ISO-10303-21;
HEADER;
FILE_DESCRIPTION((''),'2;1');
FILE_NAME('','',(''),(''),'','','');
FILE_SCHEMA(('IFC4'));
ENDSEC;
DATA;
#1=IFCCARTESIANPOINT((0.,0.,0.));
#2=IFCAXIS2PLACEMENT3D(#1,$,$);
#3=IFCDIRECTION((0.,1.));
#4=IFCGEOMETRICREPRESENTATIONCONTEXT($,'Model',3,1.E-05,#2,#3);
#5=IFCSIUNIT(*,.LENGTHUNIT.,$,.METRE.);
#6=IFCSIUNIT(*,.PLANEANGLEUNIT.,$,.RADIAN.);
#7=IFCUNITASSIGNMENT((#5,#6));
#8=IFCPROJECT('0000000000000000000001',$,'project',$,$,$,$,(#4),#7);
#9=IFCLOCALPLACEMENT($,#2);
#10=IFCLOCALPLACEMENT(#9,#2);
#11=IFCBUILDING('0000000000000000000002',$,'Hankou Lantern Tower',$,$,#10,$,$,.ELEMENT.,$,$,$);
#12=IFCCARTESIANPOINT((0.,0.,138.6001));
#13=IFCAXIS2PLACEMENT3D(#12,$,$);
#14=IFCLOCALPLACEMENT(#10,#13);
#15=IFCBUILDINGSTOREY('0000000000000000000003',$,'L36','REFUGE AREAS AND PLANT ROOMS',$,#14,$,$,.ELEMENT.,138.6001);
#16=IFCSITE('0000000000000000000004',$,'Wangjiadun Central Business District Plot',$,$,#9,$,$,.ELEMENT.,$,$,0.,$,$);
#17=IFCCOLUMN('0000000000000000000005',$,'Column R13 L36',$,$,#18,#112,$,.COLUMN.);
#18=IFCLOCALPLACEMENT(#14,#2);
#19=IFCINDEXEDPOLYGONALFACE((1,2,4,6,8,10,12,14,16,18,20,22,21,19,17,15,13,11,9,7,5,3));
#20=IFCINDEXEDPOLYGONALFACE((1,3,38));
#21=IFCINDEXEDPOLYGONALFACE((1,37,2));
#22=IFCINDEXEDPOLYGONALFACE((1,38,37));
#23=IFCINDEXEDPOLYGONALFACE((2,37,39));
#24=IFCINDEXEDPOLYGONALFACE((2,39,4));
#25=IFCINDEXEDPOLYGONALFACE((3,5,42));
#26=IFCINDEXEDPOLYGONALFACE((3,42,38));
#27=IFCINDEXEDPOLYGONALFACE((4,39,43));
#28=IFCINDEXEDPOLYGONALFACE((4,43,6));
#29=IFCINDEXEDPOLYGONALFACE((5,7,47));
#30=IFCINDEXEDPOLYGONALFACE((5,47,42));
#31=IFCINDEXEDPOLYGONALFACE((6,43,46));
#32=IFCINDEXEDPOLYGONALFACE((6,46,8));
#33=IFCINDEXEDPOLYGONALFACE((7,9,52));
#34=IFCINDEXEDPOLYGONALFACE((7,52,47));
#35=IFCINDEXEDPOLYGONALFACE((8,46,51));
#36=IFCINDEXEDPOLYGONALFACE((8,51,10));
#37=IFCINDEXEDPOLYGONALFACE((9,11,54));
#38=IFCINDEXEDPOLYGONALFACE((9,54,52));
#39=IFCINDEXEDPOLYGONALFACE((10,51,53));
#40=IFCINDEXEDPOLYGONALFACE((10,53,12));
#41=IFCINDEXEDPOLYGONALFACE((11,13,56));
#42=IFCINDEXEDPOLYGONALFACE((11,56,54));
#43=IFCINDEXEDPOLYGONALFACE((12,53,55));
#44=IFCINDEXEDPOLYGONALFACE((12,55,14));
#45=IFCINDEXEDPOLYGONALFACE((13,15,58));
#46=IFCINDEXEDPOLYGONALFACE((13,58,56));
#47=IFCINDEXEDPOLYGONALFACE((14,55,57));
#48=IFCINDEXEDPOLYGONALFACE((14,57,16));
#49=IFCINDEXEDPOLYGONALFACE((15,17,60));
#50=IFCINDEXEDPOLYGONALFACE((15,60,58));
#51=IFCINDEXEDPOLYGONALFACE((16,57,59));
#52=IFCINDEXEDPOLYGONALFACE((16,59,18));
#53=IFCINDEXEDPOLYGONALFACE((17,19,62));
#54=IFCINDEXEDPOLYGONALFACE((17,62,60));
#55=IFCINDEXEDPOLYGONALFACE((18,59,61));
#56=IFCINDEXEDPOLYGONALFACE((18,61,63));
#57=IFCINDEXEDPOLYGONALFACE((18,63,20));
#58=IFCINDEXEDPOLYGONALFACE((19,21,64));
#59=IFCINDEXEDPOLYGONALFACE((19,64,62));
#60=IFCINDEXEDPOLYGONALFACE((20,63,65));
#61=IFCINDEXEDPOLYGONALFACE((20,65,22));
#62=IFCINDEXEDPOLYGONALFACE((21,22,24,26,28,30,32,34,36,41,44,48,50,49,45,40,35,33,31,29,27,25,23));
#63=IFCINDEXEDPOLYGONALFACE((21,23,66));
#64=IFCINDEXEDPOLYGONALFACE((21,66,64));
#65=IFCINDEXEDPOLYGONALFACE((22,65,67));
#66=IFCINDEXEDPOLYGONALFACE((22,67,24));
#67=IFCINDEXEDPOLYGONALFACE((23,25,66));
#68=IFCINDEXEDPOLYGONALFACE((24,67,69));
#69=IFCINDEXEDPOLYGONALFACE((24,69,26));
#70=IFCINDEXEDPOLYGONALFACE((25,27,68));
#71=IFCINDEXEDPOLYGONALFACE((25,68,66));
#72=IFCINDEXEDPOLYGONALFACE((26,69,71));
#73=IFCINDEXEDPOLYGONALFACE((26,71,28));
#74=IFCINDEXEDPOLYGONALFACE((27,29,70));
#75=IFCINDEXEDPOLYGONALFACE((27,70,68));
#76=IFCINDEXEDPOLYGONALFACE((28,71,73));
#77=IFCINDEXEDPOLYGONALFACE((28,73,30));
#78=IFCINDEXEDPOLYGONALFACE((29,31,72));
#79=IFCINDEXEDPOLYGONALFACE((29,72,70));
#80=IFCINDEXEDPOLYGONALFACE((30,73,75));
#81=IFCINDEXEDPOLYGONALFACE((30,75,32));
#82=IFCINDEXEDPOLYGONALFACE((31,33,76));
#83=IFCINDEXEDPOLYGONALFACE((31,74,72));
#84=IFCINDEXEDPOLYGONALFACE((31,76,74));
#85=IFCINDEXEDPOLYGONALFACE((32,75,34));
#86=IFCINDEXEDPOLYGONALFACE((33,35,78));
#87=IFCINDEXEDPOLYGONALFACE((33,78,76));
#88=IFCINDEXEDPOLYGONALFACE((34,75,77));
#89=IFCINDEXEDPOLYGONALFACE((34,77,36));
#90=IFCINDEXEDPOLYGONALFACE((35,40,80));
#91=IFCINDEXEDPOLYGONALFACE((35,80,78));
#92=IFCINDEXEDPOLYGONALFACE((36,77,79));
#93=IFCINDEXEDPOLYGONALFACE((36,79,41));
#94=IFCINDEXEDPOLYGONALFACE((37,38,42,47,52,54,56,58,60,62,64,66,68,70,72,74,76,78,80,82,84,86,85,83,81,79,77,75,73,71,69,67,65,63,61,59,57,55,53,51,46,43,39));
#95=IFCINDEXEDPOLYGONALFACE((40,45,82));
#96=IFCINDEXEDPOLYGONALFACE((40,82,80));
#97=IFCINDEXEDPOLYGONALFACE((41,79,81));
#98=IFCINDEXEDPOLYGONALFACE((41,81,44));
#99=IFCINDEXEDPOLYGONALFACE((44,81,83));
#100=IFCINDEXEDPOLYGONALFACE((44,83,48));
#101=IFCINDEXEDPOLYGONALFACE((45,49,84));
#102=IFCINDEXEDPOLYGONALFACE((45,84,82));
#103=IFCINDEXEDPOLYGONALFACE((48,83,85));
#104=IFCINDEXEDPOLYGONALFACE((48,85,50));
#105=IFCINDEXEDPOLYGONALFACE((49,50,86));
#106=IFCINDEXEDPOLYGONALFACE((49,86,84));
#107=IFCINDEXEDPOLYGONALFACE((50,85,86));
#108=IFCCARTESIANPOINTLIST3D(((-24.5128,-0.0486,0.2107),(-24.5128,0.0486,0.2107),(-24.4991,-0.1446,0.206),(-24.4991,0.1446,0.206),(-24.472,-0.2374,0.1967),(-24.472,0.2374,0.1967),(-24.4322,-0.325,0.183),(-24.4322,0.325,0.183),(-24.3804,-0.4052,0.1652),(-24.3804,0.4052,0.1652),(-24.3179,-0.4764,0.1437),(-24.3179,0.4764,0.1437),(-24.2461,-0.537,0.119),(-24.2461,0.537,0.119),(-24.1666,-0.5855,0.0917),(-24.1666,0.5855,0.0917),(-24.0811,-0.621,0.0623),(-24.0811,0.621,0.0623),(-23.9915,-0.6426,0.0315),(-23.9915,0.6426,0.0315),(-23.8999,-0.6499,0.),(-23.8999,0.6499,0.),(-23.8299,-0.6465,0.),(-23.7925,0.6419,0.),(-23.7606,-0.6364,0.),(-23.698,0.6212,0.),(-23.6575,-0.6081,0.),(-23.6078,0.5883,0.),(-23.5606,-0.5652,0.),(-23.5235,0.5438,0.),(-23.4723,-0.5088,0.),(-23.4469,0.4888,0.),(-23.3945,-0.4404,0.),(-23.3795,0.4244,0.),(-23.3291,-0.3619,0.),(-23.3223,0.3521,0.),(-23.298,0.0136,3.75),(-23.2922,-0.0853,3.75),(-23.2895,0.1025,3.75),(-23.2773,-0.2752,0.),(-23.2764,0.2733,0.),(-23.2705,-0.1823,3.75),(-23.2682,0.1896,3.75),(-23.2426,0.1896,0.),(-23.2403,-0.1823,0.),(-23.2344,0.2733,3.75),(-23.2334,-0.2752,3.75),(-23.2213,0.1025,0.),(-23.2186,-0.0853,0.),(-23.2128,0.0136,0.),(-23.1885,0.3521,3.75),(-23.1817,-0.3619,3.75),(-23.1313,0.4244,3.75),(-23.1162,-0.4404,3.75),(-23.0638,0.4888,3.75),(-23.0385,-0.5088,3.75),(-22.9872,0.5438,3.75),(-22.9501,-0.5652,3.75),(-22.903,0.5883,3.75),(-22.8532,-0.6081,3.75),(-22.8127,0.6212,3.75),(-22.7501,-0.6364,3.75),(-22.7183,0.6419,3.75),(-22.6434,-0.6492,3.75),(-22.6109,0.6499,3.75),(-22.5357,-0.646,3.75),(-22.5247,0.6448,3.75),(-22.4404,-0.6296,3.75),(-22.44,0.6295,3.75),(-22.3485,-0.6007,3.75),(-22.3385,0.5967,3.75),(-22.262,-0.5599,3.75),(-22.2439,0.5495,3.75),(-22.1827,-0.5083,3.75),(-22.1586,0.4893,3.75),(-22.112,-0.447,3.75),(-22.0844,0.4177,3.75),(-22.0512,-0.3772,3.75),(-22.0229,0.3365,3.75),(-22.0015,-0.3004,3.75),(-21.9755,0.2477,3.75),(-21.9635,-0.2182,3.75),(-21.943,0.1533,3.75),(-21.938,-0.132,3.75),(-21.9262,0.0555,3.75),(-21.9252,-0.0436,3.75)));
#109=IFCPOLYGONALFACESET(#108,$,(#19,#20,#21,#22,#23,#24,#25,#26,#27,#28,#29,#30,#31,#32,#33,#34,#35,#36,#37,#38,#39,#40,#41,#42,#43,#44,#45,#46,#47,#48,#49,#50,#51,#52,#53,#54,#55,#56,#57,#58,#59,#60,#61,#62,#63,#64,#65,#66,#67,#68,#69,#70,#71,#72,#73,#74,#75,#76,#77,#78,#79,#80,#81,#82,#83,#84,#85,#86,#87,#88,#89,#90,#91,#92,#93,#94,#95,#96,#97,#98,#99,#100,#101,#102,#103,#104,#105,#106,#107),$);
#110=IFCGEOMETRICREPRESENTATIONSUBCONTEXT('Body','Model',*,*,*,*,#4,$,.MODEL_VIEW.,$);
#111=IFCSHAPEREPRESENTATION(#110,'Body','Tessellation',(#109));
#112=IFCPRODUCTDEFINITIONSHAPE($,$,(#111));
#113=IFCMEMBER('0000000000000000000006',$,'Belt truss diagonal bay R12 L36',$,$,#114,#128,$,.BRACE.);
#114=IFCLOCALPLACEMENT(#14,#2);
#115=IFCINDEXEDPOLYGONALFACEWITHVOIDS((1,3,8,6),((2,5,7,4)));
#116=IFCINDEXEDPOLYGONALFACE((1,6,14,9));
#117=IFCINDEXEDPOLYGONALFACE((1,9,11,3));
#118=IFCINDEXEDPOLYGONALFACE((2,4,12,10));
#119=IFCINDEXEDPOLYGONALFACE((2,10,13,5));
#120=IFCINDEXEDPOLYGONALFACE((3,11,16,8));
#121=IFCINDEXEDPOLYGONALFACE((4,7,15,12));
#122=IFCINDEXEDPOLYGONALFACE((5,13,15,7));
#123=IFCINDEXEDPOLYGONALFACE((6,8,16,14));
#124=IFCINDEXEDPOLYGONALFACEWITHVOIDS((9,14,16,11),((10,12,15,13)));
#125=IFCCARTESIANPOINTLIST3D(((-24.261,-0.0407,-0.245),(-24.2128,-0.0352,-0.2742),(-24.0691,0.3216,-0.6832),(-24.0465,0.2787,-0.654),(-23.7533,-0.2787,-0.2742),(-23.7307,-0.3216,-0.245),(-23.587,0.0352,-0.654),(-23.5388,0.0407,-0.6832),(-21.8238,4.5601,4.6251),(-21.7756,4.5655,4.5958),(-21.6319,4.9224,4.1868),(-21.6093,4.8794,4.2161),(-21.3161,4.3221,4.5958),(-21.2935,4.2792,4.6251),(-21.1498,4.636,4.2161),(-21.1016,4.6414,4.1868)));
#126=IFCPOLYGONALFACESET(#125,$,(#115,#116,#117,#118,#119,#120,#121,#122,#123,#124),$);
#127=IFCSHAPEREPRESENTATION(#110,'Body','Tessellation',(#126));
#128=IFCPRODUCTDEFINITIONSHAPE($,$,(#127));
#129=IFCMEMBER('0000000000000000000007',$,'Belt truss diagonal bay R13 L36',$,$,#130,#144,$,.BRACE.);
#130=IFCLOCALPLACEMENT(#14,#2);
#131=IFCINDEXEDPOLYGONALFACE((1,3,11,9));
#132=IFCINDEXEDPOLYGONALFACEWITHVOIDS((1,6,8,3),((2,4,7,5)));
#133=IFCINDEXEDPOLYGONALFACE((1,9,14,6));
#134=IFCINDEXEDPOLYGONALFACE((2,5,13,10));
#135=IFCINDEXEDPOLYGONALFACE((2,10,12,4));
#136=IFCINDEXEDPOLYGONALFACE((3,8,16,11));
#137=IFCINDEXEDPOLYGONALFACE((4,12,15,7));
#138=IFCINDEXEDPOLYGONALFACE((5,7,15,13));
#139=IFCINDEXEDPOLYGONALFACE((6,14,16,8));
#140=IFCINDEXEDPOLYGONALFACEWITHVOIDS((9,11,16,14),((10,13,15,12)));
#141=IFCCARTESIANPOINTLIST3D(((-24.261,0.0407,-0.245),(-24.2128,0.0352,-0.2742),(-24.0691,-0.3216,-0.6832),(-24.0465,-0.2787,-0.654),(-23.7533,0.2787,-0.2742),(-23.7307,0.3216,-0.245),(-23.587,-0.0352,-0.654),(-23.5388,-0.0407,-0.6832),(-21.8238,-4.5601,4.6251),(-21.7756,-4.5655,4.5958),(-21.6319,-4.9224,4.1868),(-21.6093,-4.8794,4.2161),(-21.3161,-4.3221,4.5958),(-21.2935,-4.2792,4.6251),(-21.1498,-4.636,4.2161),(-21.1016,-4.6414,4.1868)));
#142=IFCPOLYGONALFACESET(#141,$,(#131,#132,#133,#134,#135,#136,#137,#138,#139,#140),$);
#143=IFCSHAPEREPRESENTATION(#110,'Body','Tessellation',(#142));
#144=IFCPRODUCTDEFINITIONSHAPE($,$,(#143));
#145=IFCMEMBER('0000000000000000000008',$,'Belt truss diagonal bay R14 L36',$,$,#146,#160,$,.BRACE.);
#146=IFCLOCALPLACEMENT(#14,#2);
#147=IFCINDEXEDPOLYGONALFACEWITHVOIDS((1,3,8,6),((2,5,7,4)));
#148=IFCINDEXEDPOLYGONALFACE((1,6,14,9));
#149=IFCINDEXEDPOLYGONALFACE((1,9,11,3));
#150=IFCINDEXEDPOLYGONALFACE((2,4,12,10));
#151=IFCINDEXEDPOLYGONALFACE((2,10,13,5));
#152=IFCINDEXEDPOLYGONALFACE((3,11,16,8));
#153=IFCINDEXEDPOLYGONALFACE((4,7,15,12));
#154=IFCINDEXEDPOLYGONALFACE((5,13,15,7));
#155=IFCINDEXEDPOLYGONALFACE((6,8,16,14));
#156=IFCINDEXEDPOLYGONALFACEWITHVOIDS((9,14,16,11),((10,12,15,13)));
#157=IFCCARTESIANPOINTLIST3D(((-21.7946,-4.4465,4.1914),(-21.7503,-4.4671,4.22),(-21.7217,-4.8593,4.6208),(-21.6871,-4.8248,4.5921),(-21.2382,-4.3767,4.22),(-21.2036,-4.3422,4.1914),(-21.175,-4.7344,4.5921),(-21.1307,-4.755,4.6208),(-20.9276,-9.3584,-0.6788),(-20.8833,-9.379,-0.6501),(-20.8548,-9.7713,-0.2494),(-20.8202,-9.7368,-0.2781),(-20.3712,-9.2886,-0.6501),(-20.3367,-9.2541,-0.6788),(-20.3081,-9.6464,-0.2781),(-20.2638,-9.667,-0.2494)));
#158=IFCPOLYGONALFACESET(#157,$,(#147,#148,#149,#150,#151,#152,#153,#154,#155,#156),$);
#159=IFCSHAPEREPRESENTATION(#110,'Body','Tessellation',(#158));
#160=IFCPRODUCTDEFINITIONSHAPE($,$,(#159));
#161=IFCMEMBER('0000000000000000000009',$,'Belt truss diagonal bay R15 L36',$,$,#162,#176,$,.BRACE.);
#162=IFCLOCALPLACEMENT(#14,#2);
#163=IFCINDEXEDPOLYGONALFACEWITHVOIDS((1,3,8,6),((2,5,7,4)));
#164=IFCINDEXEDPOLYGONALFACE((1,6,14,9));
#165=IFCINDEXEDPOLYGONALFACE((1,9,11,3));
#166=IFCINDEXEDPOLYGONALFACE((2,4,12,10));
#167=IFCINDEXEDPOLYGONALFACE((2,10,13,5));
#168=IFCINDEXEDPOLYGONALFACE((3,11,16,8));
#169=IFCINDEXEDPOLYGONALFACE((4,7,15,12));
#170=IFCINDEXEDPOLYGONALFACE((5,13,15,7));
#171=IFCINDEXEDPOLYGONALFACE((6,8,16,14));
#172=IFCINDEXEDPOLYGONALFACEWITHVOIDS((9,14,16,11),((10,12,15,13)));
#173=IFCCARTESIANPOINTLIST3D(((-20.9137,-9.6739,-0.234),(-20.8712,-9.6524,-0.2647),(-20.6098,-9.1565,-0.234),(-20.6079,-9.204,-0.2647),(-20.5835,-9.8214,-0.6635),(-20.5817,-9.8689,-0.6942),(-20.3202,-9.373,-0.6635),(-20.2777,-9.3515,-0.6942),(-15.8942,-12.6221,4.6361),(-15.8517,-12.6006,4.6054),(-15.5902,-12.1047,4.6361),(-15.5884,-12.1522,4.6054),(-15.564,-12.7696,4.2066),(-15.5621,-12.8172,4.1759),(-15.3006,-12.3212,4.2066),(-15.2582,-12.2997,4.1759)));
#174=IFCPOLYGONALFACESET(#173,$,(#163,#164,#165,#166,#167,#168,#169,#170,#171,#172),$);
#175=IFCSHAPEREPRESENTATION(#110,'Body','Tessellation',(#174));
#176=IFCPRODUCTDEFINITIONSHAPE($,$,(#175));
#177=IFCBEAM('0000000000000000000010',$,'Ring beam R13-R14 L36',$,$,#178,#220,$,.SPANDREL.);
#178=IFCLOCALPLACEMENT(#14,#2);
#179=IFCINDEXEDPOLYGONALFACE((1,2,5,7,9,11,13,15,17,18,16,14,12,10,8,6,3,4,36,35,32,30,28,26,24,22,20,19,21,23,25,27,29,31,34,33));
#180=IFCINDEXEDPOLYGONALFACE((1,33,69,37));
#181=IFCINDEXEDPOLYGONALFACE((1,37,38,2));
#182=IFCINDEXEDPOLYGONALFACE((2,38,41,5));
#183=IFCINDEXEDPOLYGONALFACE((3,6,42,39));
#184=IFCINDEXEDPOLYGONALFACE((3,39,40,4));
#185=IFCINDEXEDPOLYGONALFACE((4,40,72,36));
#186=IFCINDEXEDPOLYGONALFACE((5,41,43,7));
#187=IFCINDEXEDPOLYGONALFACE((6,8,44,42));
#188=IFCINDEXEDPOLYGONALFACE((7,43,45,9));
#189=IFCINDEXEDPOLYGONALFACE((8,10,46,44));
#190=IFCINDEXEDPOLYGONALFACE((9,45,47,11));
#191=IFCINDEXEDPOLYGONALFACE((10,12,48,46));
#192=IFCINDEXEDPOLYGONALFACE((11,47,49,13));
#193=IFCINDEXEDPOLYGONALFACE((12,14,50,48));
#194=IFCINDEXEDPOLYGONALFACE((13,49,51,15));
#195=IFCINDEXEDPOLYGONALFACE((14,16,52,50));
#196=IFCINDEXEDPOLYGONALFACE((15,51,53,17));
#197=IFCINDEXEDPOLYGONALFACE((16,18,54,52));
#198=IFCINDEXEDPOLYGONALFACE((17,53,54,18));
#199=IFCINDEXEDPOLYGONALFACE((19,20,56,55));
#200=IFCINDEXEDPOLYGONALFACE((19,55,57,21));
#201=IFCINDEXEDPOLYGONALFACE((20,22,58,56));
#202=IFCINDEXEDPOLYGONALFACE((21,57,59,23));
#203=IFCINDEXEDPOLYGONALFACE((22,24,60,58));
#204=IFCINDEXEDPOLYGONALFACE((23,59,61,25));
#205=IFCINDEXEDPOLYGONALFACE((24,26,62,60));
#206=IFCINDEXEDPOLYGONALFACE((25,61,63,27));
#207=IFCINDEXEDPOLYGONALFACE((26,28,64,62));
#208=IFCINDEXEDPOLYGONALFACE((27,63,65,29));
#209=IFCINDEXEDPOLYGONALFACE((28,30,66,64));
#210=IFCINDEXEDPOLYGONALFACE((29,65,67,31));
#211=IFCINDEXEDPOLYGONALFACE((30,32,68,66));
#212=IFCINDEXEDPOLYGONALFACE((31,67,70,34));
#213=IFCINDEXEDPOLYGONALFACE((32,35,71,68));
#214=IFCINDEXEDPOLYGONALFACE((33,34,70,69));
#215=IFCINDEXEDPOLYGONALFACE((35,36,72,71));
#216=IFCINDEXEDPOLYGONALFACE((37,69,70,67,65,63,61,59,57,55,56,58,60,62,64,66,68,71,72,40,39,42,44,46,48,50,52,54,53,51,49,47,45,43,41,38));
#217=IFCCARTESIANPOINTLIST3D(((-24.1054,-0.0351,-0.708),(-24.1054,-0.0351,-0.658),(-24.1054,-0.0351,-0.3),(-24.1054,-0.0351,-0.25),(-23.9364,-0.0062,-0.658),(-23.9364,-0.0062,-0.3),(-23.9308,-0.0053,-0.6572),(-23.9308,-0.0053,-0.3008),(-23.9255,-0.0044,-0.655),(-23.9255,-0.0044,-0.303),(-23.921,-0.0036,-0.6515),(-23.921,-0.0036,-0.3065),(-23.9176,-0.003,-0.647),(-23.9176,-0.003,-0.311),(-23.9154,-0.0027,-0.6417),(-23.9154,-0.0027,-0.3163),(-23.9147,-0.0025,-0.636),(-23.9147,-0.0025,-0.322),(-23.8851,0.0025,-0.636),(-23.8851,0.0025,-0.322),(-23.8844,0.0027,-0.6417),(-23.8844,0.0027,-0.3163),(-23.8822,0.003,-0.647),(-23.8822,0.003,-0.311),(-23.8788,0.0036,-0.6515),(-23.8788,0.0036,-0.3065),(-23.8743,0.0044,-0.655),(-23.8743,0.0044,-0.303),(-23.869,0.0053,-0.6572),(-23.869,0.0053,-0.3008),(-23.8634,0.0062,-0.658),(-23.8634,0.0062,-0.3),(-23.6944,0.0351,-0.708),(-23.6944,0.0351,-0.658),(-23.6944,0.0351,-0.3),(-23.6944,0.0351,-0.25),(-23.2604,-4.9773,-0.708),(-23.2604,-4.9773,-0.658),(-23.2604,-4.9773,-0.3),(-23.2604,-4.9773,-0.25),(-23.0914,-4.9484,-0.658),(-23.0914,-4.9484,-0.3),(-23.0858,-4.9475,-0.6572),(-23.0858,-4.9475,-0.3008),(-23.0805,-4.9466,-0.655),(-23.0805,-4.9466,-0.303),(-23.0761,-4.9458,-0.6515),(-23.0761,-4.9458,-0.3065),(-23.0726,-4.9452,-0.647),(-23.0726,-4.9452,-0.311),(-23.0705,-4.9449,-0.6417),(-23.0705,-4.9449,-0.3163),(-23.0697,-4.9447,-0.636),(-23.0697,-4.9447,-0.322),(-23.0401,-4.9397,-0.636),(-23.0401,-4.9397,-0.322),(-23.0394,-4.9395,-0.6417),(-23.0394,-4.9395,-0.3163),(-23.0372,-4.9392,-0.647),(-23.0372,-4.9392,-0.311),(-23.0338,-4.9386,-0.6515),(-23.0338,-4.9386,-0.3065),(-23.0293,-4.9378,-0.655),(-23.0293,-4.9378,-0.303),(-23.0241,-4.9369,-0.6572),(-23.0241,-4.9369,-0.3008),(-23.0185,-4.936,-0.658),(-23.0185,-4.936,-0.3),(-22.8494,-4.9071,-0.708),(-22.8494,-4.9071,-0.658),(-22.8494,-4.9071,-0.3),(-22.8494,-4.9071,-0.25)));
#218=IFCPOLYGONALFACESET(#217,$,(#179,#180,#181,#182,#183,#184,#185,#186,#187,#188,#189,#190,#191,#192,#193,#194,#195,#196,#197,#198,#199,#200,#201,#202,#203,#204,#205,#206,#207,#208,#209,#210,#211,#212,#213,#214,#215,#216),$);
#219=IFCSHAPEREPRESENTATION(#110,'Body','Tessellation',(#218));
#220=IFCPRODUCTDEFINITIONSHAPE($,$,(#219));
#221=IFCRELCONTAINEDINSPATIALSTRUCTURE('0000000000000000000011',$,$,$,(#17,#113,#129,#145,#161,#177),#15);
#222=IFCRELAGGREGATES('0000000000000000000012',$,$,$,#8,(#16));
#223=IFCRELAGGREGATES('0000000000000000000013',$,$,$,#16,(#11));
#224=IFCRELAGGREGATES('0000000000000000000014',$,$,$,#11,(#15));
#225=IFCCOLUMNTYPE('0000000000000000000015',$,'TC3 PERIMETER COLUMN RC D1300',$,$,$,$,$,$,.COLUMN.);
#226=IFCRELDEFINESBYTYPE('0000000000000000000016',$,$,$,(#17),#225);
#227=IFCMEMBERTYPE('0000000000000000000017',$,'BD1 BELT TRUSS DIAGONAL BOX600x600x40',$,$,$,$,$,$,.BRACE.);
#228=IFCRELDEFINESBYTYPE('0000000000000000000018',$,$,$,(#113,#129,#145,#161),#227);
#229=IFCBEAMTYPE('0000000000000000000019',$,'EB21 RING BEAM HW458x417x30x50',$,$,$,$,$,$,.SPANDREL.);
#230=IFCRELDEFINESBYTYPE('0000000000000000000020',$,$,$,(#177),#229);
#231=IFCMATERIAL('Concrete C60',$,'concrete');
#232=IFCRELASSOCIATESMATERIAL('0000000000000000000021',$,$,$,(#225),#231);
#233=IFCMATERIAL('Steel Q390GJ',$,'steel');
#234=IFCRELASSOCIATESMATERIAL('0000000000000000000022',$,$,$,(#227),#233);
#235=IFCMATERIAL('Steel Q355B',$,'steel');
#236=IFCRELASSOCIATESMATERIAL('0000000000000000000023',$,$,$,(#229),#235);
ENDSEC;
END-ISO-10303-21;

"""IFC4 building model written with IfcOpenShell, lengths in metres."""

from ifc_helpers import new_model, si_unit, direction, frame, origin, origin_2d, place, context, subcontext, project, spatial, hollow_rectangle, circle, i_section, extrude, clip, halfspace, material, material_profile, profile_set, type_object, element, save


model = new_model("IFC4")

# Units and contexts
model_context = context("Model", 3, precision=1e-05, world=origin(), true_north=direction((0.0, 1.0)))
body_context = subcontext(model_context, "Body", "Model", "MODEL_VIEW")
ifc_project = project(units=[si_unit("LENGTHUNIT", "METRE"), si_unit("PLANEANGLEUNIT", "RADIAN")], contexts=[model_context])

# Site, building, storey
site_placement = place(None, origin())
site = spatial("IfcSite", under=ifc_project, at=site_placement, Name="Wangjiadun Central Business District Plot", CompositionType="ELEMENT", RefElevation=0.0)
building_placement = place(site_placement, origin())
building = spatial("IfcBuilding", under=site, at=building_placement, Name="Hankou Lantern Tower", CompositionType="ELEMENT")
storey_placement = place(building_placement, frame((0.0, 0.0, 138.6001)))
storey = spatial("IfcBuildingStorey", under=building, at=storey_placement, Name="L36", Description="REFUGE AREAS AND PLANT ROOMS", CompositionType="ELEMENT", Elevation=138.6001)

# Column
ifc_material_1 = material(Name="Concrete C60", Category="concrete")
ifc_material_profile_1 = material_profile(ifc_material_1, circle(Radius=0.6499, at=origin_2d()), Name="RC D1300")
ifc_profile_set_1 = profile_set([ifc_material_profile_1], Name="Concrete C60")
column_type = type_object("IfcColumnType", Name="TC3 PERIMETER COLUMN RC D1300", PredefinedType="COLUMN", material=ifc_profile_set_1)
column_1_placement = place(storey_placement, frame((-23.8999, 0.0, 0.0), z_axis=(0.325074, 0.0, 0.945688), x_axis=(0.0, 1.0, 0.0)))
element("IfcColumn", 1, at=column_1_placement, inside=storey, type_object=column_type, Name="Column R13 L36", PredefinedType="COLUMN", context=body_context, shape_type="Clipping", body=[
    clip(clip(extrude(circle(Radius=0.6499, at=origin_2d()), origin(), (0.0, 0.0, 1.0), 5.0754), halfspace(frame((0.0, 0.0, 0.0), z_axis=(0.0, -0.325074, -0.945688), x_axis=(0.0, -0.945688, 0.325074)), False)), halfspace(frame((0.0, 0.0, 3.9653), z_axis=(0.0, 0.325074, 0.945688), x_axis=(0.0, -0.945688, 0.325074)), False)),
])

# Members
ifc_material_2 = material(Name="Steel Q390GJ", Category="steel")
ifc_material_profile_2 = material_profile(ifc_material_2, hollow_rectangle(XDim=0.6001, YDim=0.6001, WallThickness=0.04, at=origin_2d()), Name="BOX600x600x40")
ifc_profile_set_2 = profile_set([ifc_material_profile_2], Name="Steel Q390GJ")
member_type = type_object("IfcMemberType", Name="BD1 BELT TRUSS DIAGONAL BOX600x600x40", PredefinedType="BRACE", material=ifc_profile_set_2)
for number, where, z_axis, x_axis, name in (
    (2, (-23.8999, 0.0, -0.4641), (0.341868, 0.645348, 0.68312), (-0.883667, 0.468116, 0.0), "Belt truss diagonal bay R12 L36"),
    (3, (-23.8999, 0.0, -0.4641), (0.341868, -0.645348, 0.68312), (0.883667, 0.468116, 0.0), "Belt truss diagonal bay R13 L36"),
):
    element("IfcMember", number, at=place(storey_placement, frame(where, z_axis=z_axis, x_axis=x_axis)), inside=storey, type_object=member_type, Name=name, PredefinedType="BRACE", context=body_context, shape_type="SweptSolid", body=[
        extrude(hollow_rectangle(XDim=0.6001, YDim=0.6001, WallThickness=0.04, at=origin_2d()), origin(), (0.0, 0.0, 1.0), 7.1292),
    ])
member_1_placement = place(storey_placement, frame((-20.5957, -9.5127, -0.4641), z_axis=(-0.124363, 0.704605, 0.698617), x_axis=(-0.984779, -0.173813, 0.0)))
element("IfcMember", 4, at=member_1_placement, inside=storey, type_object=member_type, Name="Belt truss diagonal bay R14 L36", PredefinedType="BRACE", context=body_context, shape_type="SweptSolid", body=[
    extrude(hollow_rectangle(XDim=0.6001, YDim=0.6001, WallThickness=0.04, at=origin_2d()), origin(), (0.0, 0.0, 1.0), 6.9712),
])
member_2_placement = place(storey_placement, frame((-20.5957, -9.5127, -0.4641), z_axis=(0.661348, -0.388445, 0.641662), x_axis=(0.506456, 0.862266, 0.0)))
element("IfcMember", 5, at=member_2_placement, inside=storey, type_object=member_type, Name="Belt truss diagonal bay R15 L36", PredefinedType="BRACE", context=body_context, shape_type="SweptSolid", body=[
    extrude(hollow_rectangle(XDim=0.6001, YDim=0.6001, WallThickness=0.04, at=origin_2d()), origin(), (0.0, 0.0, 1.0), 7.5898),
])

# Beam
ifc_material_3 = material(Name="Steel Q355B", Category="steel")
ifc_material_profile_3 = material_profile(ifc_material_3, i_section(OverallWidth=0.417, OverallDepth=0.458, WebThickness=0.03, FlangeThickness=0.05, FilletRadius=0.022, at=origin_2d()), Name="HW458x417x30x50")
ifc_profile_set_3 = profile_set([ifc_material_profile_3], Name="Steel Q355B")
beam_type_1 = type_object("IfcBeamType", Name="EB21 RING BEAM HW458x417x30x50", PredefinedType="SPANDREL", material=ifc_profile_set_3)
beam_1_placement = place(storey_placement, frame((-23.8999, 0.0, -0.479), z_axis=(0.168527, -0.985697, 0.0), x_axis=(0.985697, 0.168527, 0.0)))
element("IfcBeam", 6, at=beam_1_placement, inside=storey, type_object=beam_type_1, Name="Ring beam R13-R14 L36", PredefinedType="SPANDREL", context=body_context, shape_type="SweptSolid", body=[
    extrude(i_section(OverallWidth=0.417, OverallDepth=0.458, WebThickness=0.03, FlangeThickness=0.05, FilletRadius=0.022, at=origin_2d()), origin(), (0.0, 0.0, 1.0), 5.0139),
])

save(model, "model.ifc")
